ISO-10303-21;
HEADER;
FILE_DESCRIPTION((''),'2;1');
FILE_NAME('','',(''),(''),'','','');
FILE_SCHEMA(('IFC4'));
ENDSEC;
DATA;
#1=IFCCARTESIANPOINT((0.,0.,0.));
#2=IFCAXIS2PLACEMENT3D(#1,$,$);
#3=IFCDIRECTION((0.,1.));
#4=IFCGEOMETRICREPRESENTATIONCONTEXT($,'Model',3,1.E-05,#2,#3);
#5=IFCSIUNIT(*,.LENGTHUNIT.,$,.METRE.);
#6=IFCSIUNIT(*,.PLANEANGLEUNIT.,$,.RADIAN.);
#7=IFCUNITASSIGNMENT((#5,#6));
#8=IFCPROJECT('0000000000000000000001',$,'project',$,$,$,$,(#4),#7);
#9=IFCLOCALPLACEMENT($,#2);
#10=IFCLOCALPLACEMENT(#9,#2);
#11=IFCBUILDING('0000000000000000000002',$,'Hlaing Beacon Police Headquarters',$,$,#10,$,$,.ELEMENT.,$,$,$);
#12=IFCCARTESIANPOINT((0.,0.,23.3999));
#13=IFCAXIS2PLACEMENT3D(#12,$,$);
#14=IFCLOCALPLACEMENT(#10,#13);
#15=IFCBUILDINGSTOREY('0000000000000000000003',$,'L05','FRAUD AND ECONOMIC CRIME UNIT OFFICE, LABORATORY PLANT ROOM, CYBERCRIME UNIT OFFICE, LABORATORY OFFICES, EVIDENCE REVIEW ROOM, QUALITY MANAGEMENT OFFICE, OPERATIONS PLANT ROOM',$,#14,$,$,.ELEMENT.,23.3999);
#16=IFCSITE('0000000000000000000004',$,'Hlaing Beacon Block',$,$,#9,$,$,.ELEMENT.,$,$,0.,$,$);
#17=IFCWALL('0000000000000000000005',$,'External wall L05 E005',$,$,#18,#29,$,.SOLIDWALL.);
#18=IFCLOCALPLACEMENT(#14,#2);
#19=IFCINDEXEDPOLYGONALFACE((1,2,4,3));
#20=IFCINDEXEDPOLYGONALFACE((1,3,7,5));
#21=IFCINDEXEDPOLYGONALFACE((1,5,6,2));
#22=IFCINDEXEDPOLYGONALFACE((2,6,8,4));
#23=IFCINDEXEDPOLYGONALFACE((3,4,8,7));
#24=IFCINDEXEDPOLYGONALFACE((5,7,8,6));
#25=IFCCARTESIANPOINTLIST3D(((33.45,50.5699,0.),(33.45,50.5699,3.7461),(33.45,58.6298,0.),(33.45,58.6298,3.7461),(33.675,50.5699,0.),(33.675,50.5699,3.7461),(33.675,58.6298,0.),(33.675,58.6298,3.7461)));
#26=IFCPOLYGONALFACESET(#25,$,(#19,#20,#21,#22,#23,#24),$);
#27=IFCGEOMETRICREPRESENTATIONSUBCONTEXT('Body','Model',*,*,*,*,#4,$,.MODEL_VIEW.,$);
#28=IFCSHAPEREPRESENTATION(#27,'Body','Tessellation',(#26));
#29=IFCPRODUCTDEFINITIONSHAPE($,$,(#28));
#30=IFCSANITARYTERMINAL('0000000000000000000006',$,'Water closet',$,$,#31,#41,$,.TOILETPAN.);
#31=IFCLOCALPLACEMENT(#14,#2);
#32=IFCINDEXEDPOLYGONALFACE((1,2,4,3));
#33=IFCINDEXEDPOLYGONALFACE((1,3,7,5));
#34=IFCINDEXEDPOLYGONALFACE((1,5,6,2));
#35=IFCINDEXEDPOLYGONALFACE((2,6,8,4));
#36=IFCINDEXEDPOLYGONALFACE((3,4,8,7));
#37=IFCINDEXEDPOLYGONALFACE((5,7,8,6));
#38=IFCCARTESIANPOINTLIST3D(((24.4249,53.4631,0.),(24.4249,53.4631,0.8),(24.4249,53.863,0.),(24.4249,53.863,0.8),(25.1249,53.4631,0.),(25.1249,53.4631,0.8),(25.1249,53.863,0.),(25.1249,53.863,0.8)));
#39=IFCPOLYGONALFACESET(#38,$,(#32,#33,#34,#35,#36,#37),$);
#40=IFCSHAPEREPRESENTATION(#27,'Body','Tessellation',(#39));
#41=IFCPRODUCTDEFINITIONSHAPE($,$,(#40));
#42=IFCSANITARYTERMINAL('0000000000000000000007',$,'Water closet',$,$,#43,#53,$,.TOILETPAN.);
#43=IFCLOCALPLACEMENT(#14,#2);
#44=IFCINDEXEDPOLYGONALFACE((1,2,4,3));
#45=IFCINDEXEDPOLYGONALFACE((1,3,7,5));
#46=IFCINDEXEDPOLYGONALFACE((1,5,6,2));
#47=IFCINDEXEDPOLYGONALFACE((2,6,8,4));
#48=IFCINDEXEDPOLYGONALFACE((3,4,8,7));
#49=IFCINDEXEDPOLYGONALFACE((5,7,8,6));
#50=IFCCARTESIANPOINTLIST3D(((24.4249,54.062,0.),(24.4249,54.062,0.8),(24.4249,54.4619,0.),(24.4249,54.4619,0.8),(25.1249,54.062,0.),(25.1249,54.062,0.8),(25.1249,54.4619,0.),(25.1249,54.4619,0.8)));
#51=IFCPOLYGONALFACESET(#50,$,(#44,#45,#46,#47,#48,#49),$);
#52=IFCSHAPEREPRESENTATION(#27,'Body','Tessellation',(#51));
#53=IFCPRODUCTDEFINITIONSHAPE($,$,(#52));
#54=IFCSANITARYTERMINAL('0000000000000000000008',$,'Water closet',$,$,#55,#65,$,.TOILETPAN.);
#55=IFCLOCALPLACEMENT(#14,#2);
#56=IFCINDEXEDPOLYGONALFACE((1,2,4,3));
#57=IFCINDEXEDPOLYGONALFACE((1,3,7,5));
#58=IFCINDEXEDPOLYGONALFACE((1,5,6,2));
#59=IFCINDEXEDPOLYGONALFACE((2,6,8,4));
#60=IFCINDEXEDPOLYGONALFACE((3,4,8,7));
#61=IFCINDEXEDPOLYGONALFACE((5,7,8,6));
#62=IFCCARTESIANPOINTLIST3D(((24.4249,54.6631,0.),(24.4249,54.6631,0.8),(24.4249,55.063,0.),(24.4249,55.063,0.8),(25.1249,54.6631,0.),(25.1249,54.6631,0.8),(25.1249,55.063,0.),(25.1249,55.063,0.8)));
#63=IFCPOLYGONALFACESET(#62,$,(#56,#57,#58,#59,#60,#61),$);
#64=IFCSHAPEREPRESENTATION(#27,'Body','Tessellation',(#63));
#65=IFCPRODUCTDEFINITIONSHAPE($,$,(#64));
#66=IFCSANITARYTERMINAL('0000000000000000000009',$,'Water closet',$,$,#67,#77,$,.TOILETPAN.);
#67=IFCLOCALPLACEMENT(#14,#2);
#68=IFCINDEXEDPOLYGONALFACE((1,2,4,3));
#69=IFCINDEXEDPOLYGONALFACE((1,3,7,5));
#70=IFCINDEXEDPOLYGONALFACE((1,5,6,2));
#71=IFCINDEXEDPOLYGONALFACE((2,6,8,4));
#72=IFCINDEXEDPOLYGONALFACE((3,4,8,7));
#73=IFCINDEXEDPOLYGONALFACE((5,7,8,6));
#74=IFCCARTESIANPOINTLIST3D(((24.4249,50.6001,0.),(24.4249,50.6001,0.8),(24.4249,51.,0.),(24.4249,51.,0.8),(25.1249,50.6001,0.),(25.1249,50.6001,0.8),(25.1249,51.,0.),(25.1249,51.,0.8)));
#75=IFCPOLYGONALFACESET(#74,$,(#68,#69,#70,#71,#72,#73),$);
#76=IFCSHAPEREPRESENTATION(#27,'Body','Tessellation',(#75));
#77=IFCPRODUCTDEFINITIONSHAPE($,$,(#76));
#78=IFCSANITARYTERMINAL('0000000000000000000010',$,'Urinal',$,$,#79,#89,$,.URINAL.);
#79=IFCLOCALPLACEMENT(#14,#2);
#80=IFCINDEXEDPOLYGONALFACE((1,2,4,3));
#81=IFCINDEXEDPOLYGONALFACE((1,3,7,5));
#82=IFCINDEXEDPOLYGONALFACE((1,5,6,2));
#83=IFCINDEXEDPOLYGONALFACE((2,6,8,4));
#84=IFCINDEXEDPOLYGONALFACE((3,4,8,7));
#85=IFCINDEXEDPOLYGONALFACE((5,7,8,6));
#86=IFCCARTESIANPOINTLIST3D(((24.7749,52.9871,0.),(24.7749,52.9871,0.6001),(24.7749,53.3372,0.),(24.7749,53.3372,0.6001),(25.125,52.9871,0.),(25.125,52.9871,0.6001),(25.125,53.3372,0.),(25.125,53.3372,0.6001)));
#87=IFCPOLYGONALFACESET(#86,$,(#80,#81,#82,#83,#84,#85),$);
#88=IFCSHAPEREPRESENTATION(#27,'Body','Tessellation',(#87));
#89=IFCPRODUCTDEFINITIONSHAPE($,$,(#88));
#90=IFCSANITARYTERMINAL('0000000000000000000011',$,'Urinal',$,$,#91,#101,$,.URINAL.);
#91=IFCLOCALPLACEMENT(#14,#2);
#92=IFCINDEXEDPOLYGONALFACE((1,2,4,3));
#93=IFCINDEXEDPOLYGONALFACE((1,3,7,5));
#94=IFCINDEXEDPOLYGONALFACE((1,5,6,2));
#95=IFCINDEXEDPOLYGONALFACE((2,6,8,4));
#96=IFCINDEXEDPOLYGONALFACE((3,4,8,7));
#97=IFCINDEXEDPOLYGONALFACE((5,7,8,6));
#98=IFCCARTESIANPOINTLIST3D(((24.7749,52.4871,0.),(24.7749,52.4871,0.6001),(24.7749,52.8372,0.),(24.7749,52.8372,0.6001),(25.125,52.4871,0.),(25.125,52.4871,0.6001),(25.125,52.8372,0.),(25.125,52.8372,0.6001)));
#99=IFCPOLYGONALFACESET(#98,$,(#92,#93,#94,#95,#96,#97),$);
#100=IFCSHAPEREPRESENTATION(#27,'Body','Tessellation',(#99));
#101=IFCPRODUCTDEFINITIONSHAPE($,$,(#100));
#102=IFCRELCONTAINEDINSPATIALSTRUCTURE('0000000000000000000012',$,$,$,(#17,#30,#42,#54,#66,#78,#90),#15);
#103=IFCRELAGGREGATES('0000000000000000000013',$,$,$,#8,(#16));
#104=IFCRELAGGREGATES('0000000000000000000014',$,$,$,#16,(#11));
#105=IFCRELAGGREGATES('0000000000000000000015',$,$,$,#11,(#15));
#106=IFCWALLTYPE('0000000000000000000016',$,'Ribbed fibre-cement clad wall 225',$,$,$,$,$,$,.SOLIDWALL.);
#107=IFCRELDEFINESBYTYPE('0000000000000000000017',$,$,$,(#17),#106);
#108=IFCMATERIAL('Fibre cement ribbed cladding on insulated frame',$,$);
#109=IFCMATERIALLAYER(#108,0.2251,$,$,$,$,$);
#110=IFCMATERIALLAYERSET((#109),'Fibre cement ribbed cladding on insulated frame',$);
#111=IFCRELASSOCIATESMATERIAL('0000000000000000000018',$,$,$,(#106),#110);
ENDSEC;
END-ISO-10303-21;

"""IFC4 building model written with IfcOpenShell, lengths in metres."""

from ifc_helpers import new_model, si_unit, direction, frame, frame_2d, origin, origin_2d, place, context, subcontext, project, spatial, rectangle, extrude, material, layer, layer_set, type_object, element, save


model = new_model("IFC4")

# Units and contexts
model_context = context("Model", 3, precision=1e-05, world=origin(), true_north=direction((0.0, 1.0)))
body_context = subcontext(model_context, "Body", "Model", "MODEL_VIEW")
ifc_project = project(units=[si_unit("LENGTHUNIT", "METRE"), si_unit("PLANEANGLEUNIT", "RADIAN")], contexts=[model_context])

# Site, building, storey
site_placement = place(None, origin())
site = spatial("IfcSite", under=ifc_project, at=site_placement, Name="Hlaing Beacon Block", CompositionType="ELEMENT", RefElevation=0.0)
building_placement = place(site_placement, origin())
building = spatial("IfcBuilding", under=site, at=building_placement, Name="Hlaing Beacon Police Headquarters", CompositionType="ELEMENT")
storey_placement = place(building_placement, frame((0.0, 0.0, 23.3999)))
storey = spatial("IfcBuildingStorey", under=building, at=storey_placement, Name="L05", Description="FRAUD AND ECONOMIC CRIME UNIT OFFICE, LABORATORY PLANT ROOM, CYBERCRIME UNIT OFFICE, LABORATORY OFFICES, EVIDENCE REVIEW ROOM, QUALITY MANAGEMENT OFFICE, OPERATIONS PLANT ROOM", CompositionType="ELEMENT", Elevation=23.3999)

# Wall
ifc_material_1 = material(Name="Fibre cement ribbed cladding on insulated frame")
ifc_layer_1 = layer(ifc_material_1, 0.2251)
ifc_layer_set_1 = layer_set([ifc_layer_1], Name="Fibre cement ribbed cladding on insulated frame")
wall_type_1 = type_object("IfcWallType", Name="Ribbed fibre-cement clad wall 225", PredefinedType="SOLIDWALL", material=ifc_layer_set_1)
wall_1_placement = place(storey_placement, frame((33.5625, 50.5701, 0.0), z_axis=(0.0, 0.0, 1.0), x_axis=(0.0, 1.0, 0.0)))
element("IfcWall", 1, at=wall_1_placement, inside=storey, type_object=wall_type_1, Name="External wall L05 E005", PredefinedType="SOLIDWALL", context=body_context, shape_type="SweptSolid", body=[
    extrude(rectangle(XDim=8.0598, YDim=0.2251, at=frame_2d((4.0298, 0.0))), origin(), (0.0, 0.0, 1.0), 3.7461),
])

# Sanitary terminals
for number, where, z_axis, x_axis, name in (
    (2, (24.7749, 53.6631, 0.0), (0.0, 0.0, 1.0), (1.0, 0.0, 0.0), "Water closet"),
    (3, (24.7749, 54.262, 0.0), (0.0, 0.0, 1.0), (1.0, 0.0, 0.0), "Water closet"),
    (4, (24.7749, 54.863, 0.0), (0.0, 0.0, 1.0), (1.0, 0.0, 0.0), "Water closet"),
    (5, (24.7749, 50.8, 0.0), (0.0, 0.0, 1.0), (1.0, 0.0, 0.0), "Water closet"),
):
    element("IfcSanitaryTerminal", number, at=place(storey_placement, frame(where, z_axis=z_axis, x_axis=x_axis)), inside=storey, Name=name, PredefinedType="TOILETPAN", context=body_context, shape_type="SweptSolid", body=[
        extrude(rectangle(XDim=0.7, YDim=0.3999, at=origin_2d()), origin(), (0.0, 0.0, 1.0), 0.8),
    ])
for number, where, z_axis, x_axis, name in (
    (6, (24.95, 53.1621, 0.0), (0.0, 0.0, 1.0), (1.0, 0.0, 0.0), "Urinal"),
    (7, (24.95, 52.6621, 0.0), (0.0, 0.0, 1.0), (1.0, 0.0, 0.0), "Urinal"),
):
    element("IfcSanitaryTerminal", number, at=place(storey_placement, frame(where, z_axis=z_axis, x_axis=x_axis)), inside=storey, Name=name, PredefinedType="URINAL", context=body_context, shape_type="SweptSolid", body=[
        extrude(rectangle(XDim=0.3501, YDim=0.3501, at=origin_2d()), origin(), (0.0, 0.0, 1.0), 0.6001),
    ])

save(model, "model.ifc")
